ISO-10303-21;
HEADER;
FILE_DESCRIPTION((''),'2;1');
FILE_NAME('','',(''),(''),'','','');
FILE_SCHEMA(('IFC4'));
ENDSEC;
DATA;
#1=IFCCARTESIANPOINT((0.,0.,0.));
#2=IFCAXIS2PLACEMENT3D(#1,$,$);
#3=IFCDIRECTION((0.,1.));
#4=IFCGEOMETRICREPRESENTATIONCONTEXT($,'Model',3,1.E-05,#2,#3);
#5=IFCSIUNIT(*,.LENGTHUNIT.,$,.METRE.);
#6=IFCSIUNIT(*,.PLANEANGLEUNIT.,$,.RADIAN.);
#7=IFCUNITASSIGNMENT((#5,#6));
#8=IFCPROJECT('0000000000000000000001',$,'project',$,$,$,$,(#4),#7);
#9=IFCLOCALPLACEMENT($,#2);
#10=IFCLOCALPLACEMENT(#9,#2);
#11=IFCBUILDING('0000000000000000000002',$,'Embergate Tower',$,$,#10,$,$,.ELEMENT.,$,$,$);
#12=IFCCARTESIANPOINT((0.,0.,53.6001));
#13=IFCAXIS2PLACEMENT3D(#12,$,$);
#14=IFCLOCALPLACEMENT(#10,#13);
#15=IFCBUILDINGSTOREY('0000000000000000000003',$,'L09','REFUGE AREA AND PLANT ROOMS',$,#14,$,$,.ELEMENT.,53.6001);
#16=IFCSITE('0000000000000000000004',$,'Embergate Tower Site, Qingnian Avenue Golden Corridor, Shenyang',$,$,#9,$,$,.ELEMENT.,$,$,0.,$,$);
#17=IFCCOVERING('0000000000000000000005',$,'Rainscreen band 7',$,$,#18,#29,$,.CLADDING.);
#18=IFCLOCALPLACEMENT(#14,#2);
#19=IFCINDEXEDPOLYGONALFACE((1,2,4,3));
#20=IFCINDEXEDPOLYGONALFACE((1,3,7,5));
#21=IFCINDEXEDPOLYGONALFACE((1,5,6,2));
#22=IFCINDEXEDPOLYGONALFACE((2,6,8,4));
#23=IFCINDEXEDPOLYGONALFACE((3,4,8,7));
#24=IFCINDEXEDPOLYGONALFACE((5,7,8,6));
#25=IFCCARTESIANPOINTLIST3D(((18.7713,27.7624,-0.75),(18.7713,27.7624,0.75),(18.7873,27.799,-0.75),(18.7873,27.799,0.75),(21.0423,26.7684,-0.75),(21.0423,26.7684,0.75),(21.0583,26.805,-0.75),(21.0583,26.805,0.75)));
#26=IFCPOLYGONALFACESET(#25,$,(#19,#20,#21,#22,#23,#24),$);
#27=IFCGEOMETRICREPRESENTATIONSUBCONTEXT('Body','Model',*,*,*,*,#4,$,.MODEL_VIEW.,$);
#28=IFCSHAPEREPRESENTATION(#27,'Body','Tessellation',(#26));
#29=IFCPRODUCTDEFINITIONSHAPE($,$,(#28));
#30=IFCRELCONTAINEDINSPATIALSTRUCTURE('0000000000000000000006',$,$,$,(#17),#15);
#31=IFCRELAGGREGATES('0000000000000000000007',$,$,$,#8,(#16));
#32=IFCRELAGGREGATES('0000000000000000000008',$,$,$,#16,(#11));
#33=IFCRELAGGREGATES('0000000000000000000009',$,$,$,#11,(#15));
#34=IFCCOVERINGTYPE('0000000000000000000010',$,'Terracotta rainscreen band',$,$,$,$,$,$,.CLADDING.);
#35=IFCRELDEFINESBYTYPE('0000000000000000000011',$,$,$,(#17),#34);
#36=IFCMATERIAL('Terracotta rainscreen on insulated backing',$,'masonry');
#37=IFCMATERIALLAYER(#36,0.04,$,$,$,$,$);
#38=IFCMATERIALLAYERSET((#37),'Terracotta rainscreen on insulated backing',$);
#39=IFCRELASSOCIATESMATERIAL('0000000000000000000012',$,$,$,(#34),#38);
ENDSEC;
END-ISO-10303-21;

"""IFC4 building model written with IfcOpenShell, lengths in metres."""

from ifc_helpers import new_model, si_unit, direction, frame, origin, origin_2d, place, context, subcontext, project, spatial, rectangle, extrude, source, transform, mapped, material, layer, layer_set, type_object, element, save


model = new_model("IFC4")

# Units and contexts
model_context = context("Model", 3, precision=1e-05, world=origin(), true_north=direction((0.0, 1.0)))
body_context = subcontext(model_context, "Body", "Model", "MODEL_VIEW")
ifc_project = project(units=[si_unit("LENGTHUNIT", "METRE"), si_unit("PLANEANGLEUNIT", "RADIAN")], contexts=[model_context])

# Site, building, storey
site_placement = place(None, origin())
site = spatial("IfcSite", under=ifc_project, at=site_placement, Name="Embergate Tower Site, Qingnian Avenue Golden Corridor, Shenyang", CompositionType="ELEMENT", RefElevation=0.0)
building_placement = place(site_placement, origin())
building = spatial("IfcBuilding", under=site, at=building_placement, Name="Embergate Tower", CompositionType="ELEMENT")
storey_placement = place(building_placement, frame((0.0, 0.0, 53.6001)))
storey = spatial("IfcBuildingStorey", under=building, at=storey_placement, Name="L09", Description="REFUGE AREA AND PLANT ROOMS", CompositionType="ELEMENT", Elevation=53.6001)

# Covering
ifc_material_1 = material(Name="Terracotta rainscreen on insulated backing", Category="masonry")
ifc_layer_1 = layer(ifc_material_1, 0.04)
ifc_layer_set_1 = layer_set([ifc_layer_1], Name="Terracotta rainscreen on insulated backing")
covering_type = type_object("IfcCoveringType", Name="Terracotta rainscreen band", PredefinedType="CLADDING", material=ifc_layer_set_1)
shared_shape_1 = source(origin(), body_context, "Body", "SweptSolid", [
    extrude(rectangle(XDim=2.479, YDim=0.04, at=origin_2d()), origin(), (0.0, 0.0, 1.0), 1.5),
])
covering_1_placement = place(storey_placement, frame((19.9148, 27.2837, -0.75), z_axis=(0.0, 0.0, 1.0), x_axis=(-0.916093, 0.400966, 0.0)))
element("IfcCovering", 1, at=covering_1_placement, inside=storey, type_object=covering_type, Name="Rainscreen band 7", PredefinedType="CLADDING", context=body_context, shape_type="MappedRepresentation", body=[
    mapped(shared_shape_1, transform((0.0, 0.0, 0.0))),
])

save(model, "model.ifc")
